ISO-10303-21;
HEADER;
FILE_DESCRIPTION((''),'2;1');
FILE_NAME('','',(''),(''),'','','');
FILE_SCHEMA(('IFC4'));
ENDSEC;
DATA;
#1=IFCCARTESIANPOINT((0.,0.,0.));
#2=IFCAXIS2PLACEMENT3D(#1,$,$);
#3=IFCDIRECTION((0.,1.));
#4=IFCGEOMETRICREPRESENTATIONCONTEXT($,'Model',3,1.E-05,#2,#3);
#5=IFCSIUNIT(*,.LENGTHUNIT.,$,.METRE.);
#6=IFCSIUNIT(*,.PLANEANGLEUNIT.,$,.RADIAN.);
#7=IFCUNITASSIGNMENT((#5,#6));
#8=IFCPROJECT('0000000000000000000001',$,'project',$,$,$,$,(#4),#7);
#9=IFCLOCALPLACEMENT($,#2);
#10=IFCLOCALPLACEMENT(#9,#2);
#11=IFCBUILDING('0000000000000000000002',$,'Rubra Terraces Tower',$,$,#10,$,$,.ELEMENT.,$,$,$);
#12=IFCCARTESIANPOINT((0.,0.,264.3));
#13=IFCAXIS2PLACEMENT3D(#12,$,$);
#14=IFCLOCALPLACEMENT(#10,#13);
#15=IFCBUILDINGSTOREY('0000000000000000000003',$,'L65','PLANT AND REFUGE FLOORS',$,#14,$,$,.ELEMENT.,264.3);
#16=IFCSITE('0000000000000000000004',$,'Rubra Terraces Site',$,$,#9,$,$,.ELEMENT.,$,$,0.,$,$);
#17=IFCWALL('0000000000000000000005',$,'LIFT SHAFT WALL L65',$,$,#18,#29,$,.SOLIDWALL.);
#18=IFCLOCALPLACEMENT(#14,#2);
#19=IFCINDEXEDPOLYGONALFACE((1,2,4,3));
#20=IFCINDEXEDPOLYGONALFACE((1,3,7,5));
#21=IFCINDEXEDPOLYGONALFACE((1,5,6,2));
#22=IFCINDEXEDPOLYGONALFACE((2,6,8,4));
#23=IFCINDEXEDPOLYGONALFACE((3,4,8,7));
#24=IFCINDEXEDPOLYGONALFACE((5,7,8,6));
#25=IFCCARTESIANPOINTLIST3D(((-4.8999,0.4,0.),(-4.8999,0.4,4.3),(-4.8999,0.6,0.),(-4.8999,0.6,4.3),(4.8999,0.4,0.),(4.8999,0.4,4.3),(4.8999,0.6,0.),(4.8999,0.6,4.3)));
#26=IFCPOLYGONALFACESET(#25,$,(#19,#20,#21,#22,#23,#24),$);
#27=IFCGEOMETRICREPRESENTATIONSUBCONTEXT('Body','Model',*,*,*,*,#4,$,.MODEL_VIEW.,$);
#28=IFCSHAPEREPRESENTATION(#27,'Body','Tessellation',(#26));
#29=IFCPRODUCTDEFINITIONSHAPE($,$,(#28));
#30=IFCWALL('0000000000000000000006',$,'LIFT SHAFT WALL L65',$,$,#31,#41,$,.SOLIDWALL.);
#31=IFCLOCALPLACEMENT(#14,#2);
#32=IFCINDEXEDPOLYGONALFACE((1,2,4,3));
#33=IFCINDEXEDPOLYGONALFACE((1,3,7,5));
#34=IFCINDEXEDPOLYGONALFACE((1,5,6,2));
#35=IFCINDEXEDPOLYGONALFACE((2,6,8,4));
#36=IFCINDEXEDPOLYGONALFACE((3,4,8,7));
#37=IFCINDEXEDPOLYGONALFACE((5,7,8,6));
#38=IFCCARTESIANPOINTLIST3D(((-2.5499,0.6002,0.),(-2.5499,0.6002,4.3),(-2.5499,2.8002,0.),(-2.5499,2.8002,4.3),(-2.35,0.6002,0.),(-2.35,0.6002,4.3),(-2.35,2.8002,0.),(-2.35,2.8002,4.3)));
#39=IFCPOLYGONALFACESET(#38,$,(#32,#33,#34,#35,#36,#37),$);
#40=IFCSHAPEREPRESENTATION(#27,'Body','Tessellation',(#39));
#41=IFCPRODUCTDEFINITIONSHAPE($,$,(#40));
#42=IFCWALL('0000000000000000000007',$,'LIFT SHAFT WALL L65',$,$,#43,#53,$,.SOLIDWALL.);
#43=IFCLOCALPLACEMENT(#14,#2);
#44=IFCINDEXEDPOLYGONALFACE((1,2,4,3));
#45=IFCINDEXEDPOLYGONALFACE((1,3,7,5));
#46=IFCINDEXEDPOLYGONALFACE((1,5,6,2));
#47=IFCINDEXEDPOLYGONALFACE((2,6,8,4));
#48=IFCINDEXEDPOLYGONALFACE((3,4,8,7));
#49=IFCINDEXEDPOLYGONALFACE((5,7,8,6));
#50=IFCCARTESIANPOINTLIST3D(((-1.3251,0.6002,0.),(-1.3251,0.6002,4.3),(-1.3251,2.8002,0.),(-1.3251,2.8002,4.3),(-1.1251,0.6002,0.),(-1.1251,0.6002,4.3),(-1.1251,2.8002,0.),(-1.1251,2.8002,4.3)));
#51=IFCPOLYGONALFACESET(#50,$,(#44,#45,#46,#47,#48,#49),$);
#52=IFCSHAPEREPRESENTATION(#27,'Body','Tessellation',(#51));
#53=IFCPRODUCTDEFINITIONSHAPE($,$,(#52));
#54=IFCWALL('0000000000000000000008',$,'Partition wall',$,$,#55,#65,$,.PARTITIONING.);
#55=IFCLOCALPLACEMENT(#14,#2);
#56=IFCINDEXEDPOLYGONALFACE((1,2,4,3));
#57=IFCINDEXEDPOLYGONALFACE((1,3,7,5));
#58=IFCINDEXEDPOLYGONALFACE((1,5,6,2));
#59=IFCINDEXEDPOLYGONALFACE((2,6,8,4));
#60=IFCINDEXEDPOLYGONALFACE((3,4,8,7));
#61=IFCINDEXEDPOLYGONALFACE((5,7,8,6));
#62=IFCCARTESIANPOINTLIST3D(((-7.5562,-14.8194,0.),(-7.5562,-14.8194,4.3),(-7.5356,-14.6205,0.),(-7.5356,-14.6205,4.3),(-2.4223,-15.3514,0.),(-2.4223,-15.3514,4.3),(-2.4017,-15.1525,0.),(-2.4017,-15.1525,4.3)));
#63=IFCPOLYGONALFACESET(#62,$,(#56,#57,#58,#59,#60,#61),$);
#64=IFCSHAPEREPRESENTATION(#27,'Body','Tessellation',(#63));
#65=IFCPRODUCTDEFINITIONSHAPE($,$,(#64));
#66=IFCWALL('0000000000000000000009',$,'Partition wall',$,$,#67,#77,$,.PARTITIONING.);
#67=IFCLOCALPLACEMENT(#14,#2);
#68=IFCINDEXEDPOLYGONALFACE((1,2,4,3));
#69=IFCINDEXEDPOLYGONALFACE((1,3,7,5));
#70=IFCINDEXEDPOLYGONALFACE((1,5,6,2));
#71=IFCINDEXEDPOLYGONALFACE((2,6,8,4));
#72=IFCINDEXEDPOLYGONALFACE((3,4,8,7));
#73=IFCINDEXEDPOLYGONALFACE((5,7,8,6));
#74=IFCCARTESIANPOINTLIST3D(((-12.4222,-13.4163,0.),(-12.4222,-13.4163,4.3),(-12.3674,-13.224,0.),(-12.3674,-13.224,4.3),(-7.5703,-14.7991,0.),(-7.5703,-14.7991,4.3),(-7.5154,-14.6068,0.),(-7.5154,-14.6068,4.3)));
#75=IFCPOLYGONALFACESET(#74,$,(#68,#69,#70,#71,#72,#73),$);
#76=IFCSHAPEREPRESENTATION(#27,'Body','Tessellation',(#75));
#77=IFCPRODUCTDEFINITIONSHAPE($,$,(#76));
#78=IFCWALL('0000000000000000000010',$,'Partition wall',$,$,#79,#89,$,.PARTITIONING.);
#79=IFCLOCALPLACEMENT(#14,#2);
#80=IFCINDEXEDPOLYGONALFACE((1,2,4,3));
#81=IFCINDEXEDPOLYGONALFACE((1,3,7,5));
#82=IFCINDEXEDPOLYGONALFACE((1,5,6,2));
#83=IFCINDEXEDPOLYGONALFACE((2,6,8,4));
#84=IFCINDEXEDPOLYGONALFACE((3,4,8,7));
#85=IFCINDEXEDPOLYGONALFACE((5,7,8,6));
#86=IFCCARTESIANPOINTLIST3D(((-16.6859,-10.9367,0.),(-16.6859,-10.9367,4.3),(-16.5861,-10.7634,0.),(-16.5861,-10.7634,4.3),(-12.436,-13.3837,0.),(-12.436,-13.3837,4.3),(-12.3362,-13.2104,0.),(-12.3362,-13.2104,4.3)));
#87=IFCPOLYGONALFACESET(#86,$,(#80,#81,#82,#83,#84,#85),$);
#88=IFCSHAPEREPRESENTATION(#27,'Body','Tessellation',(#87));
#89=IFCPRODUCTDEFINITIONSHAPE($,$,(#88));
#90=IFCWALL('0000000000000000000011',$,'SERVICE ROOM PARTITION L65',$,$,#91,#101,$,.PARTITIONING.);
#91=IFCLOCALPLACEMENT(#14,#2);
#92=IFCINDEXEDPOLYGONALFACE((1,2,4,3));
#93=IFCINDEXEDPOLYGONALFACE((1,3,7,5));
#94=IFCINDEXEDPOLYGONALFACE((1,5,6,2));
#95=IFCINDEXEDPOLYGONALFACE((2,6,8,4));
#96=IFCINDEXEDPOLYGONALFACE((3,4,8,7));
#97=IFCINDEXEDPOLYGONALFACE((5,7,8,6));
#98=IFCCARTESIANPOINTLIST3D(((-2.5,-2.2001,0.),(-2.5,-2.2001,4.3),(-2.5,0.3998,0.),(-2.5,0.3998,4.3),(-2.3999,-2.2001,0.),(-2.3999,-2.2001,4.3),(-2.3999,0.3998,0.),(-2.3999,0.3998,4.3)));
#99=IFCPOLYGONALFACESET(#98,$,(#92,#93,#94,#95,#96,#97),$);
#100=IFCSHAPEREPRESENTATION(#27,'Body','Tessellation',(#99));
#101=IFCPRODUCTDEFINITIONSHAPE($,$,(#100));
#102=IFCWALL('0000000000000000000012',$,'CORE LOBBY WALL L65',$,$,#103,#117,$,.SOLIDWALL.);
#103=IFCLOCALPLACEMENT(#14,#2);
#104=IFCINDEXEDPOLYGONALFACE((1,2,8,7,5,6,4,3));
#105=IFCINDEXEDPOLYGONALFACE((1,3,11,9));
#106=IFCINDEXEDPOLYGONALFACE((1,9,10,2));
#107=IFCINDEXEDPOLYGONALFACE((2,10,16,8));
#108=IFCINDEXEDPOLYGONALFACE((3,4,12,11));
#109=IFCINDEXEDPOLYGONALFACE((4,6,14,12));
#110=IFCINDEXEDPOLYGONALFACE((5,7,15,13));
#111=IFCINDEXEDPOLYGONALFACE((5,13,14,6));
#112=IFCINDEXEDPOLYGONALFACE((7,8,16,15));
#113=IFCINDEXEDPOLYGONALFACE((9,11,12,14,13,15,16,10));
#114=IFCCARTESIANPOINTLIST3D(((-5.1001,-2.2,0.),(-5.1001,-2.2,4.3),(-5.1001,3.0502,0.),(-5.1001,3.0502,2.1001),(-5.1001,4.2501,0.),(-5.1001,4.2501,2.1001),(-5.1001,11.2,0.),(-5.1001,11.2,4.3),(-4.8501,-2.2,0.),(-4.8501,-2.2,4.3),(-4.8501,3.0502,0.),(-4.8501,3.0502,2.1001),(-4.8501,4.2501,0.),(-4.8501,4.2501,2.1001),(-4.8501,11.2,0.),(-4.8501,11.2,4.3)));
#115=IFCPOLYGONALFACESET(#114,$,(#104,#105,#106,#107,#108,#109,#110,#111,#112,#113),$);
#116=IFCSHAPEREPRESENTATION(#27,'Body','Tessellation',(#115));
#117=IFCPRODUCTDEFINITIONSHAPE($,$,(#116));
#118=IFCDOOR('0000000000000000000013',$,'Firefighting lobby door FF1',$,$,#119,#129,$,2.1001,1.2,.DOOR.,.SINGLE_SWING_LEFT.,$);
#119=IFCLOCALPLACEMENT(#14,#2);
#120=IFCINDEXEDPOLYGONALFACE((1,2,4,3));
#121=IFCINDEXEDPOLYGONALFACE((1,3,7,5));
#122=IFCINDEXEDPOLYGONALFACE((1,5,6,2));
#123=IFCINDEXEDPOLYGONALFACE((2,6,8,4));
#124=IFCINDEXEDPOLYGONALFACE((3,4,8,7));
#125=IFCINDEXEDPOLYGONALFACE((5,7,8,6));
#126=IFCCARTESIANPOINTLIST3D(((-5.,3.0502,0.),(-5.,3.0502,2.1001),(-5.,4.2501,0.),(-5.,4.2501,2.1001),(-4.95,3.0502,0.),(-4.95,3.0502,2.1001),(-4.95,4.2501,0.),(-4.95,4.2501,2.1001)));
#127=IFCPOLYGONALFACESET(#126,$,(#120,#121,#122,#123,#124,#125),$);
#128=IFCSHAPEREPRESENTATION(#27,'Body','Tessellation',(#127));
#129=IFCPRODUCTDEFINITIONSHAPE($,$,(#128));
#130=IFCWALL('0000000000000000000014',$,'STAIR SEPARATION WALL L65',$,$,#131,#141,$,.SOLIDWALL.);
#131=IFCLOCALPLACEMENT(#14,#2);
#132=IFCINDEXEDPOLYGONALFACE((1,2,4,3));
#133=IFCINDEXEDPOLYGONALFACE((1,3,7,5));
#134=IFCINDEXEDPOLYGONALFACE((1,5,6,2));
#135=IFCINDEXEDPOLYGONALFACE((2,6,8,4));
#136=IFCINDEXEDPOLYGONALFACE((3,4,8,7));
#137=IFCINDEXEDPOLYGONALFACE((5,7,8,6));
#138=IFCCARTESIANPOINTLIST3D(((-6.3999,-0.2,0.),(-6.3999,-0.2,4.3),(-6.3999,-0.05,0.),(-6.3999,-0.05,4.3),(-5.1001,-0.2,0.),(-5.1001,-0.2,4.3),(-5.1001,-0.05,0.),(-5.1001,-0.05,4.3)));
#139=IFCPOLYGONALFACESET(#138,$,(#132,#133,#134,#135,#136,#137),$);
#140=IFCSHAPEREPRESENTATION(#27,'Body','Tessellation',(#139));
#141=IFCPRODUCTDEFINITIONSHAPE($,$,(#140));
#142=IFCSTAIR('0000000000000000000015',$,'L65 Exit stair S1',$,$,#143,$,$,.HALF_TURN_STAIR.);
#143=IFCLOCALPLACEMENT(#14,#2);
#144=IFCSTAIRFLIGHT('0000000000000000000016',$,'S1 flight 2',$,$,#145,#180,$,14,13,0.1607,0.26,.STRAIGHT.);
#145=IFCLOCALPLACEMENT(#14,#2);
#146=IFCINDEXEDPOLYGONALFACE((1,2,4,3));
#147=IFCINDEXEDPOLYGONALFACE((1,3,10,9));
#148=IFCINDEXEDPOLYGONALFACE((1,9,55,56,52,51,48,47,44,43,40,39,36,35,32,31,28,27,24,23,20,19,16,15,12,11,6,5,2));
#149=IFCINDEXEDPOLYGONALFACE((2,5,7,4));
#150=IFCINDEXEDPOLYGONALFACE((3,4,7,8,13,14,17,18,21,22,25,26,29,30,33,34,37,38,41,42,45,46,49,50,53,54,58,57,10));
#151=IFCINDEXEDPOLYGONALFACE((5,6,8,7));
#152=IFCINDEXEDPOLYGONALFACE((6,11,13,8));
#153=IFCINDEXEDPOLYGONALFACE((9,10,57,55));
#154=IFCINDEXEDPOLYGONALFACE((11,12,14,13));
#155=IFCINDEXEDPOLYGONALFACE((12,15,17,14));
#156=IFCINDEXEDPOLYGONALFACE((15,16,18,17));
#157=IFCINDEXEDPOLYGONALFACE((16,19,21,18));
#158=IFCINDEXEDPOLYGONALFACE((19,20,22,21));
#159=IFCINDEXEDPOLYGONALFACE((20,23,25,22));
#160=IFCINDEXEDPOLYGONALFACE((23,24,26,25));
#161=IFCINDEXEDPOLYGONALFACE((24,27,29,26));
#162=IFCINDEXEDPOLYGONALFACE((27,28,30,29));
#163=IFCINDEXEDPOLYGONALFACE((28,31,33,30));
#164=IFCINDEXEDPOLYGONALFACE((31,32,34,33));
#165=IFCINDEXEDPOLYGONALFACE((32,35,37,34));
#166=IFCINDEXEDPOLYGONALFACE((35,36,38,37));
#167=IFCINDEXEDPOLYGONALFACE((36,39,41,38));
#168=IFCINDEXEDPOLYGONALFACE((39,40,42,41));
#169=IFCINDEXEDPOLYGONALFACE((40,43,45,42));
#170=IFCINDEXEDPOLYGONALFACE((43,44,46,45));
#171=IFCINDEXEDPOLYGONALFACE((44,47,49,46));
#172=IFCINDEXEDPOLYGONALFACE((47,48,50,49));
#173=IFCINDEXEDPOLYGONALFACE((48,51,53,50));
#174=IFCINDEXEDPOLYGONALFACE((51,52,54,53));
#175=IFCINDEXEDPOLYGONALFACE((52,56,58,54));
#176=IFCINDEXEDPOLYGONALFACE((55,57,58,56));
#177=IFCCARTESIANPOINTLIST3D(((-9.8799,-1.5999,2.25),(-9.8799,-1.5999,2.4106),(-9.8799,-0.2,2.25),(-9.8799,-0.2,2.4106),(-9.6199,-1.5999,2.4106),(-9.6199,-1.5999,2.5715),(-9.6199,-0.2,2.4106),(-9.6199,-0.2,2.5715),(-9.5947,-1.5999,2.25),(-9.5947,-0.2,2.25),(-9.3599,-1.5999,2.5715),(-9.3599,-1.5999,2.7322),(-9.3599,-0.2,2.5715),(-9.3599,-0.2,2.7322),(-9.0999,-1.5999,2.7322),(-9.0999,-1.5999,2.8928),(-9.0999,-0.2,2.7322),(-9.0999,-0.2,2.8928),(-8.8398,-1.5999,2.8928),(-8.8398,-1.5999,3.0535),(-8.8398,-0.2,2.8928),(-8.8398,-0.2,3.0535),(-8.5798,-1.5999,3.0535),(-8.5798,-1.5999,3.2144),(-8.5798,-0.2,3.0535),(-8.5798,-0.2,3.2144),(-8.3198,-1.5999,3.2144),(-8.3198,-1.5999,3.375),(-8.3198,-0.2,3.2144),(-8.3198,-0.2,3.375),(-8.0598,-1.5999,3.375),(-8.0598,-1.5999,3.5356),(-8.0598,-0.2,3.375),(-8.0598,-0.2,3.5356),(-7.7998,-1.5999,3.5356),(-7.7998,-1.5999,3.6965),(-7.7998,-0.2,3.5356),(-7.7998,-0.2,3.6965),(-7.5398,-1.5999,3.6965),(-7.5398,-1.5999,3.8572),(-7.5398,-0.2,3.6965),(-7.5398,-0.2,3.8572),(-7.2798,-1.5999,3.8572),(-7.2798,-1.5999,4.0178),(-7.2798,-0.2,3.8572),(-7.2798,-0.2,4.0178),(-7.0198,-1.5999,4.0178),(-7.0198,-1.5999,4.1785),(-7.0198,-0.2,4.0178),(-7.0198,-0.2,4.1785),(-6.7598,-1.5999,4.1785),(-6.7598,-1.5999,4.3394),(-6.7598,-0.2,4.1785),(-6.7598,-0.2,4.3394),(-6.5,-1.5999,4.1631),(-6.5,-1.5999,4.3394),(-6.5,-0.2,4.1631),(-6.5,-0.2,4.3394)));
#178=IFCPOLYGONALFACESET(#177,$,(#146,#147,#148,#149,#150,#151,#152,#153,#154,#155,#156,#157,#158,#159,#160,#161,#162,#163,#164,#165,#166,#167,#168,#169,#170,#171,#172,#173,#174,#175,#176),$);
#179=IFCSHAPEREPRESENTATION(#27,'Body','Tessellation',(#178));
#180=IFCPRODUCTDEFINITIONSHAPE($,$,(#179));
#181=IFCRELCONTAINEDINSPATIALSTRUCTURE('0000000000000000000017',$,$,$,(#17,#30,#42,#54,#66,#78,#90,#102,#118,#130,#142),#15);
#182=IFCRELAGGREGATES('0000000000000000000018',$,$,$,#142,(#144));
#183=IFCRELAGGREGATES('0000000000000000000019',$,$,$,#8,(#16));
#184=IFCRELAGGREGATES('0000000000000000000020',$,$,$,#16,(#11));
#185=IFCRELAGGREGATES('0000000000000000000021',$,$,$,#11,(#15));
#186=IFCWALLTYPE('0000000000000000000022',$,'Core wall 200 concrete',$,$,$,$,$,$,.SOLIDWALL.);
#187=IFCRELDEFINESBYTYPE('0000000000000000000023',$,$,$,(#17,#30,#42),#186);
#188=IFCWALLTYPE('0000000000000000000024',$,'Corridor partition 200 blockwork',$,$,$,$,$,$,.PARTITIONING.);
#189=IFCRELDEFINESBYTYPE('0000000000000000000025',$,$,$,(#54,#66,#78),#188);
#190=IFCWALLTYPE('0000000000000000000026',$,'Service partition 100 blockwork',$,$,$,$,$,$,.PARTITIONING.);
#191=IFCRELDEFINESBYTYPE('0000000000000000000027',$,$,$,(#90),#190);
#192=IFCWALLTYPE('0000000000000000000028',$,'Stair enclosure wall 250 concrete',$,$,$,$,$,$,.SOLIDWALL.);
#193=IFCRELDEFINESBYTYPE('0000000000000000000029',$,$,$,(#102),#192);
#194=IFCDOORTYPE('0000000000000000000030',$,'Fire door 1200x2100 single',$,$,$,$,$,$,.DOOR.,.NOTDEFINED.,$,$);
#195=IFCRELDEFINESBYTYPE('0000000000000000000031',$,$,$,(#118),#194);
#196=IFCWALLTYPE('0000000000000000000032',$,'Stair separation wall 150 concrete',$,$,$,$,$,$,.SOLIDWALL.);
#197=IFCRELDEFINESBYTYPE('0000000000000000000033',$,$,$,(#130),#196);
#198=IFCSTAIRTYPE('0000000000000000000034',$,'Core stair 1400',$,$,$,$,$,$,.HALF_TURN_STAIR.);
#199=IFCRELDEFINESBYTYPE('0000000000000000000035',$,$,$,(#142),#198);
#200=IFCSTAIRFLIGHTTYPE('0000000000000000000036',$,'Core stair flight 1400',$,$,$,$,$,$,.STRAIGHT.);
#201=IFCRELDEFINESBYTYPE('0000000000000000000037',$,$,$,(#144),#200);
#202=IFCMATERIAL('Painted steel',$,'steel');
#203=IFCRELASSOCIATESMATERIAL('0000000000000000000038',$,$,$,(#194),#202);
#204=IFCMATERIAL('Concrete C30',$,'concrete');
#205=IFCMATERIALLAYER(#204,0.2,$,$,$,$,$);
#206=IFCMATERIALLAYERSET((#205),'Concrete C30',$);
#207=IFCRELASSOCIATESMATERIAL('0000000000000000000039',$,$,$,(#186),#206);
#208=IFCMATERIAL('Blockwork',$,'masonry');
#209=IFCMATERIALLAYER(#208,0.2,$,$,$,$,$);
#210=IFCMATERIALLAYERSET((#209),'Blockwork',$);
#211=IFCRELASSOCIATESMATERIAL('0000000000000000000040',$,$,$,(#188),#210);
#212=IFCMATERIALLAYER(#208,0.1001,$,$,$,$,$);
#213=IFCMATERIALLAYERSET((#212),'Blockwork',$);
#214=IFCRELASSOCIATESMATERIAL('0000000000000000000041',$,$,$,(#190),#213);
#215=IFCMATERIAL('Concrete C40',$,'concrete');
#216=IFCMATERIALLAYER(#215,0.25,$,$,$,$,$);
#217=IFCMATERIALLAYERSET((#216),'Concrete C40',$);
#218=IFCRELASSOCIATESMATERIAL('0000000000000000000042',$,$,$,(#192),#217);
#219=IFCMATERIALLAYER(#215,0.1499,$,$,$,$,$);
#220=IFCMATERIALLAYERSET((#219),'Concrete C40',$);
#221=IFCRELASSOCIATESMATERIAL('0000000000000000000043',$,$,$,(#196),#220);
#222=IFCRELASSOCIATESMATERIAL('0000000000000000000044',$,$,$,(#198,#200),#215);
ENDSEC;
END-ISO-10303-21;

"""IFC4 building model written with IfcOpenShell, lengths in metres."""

from ifc_helpers import new_model, si_unit, direction, frame, frame_2d, origin, place, context, subcontext, project, spatial, polyline, rectangle, outline, extrude, material, layer, layer_set, type_object, element, fill, aggregate, save


model = new_model("IFC4")

# Units and contexts
model_context = context("Model", 3, precision=1e-05, world=origin(), true_north=direction((0.0, 1.0)))
body_context = subcontext(model_context, "Body", "Model", "MODEL_VIEW")
ifc_project = project(units=[si_unit("LENGTHUNIT", "METRE"), si_unit("PLANEANGLEUNIT", "RADIAN")], contexts=[model_context])

# Site, building, storey
site_placement = place(None, origin())
site = spatial("IfcSite", under=ifc_project, at=site_placement, Name="Rubra Terraces Site", CompositionType="ELEMENT", RefElevation=0.0)
building_placement = place(site_placement, origin())
building = spatial("IfcBuilding", under=site, at=building_placement, Name="Rubra Terraces Tower", CompositionType="ELEMENT")
storey_placement = place(building_placement, frame((0.0, 0.0, 264.3)))
storey = spatial("IfcBuildingStorey", under=building, at=storey_placement, Name="L65", Description="PLANT AND REFUGE FLOORS", CompositionType="ELEMENT", Elevation=264.3)

# Shared definitions
ifc_material_1 = material(Name="Concrete C40", Category="concrete")

# Shared definitions
ifc_material_2 = material(Name="Painted steel", Category="steel")
door_type_1 = type_object("IfcDoorType", Name="Fire door 1200x2100 single", OperationType="NOTDEFINED", PredefinedType="DOOR", material=ifc_material_2)

# Walls
ifc_material_3 = material(Name="Concrete C30", Category="concrete")
ifc_layer_1 = layer(ifc_material_3, 0.2)
ifc_layer_set_1 = layer_set([ifc_layer_1], Name="Concrete C30")
wall_type_1 = type_object("IfcWallType", Name="Core wall 200 concrete", PredefinedType="SOLIDWALL", material=ifc_layer_set_1)
wall_1_placement = place(storey_placement, frame((-4.8999, 0.5, 0.0), z_axis=(0.0, 0.0, 1.0), x_axis=(1.0, 0.0, 0.0)))
element("IfcWall", 1, at=wall_1_placement, inside=storey, type_object=wall_type_1, Name="LIFT SHAFT WALL L65", PredefinedType="SOLIDWALL", context=body_context, shape_type="SweptSolid", body=[
    extrude(rectangle(XDim=9.7998, YDim=0.2, at=frame_2d((4.8999, 0.0))), origin(), (0.0, 0.0, 1.0), 4.3),
])
for number, where, z_axis, x_axis, name in (
    (2, (-2.45, 0.6001, 0.0), (0.0, 0.0, 1.0), (0.0, 1.0, 0.0), "LIFT SHAFT WALL L65"),
    (3, (-1.2251, 0.6001, 0.0), (0.0, 0.0, 1.0), (0.0, 1.0, 0.0), "LIFT SHAFT WALL L65"),
):
    element("IfcWall", number, at=place(storey_placement, frame(where, z_axis=z_axis, x_axis=x_axis)), inside=storey, type_object=wall_type_1, Name=name, PredefinedType="SOLIDWALL", context=body_context, shape_type="SweptSolid", body=[
        extrude(rectangle(XDim=2.2, YDim=0.2, at=frame_2d((1.1001, 0.0))), origin(), (0.0, 0.0, 1.0), 4.3),
    ])
ifc_material_4 = material(Name="Blockwork", Category="masonry")
ifc_layer_2 = layer(ifc_material_4, 0.2)
ifc_layer_set_2 = layer_set([ifc_layer_2], Name="Blockwork")
wall_type_2 = type_object("IfcWallType", Name="Corridor partition 200 blockwork", PredefinedType="PARTITIONING", material=ifc_layer_set_2)
wall_2_placement = place(storey_placement, frame((-2.4121, -15.252, 0.0), z_axis=(0.0, 0.0, 1.0), x_axis=(-0.994674, 0.103072, 0.0)))
element("IfcWall", 4, at=wall_2_placement, inside=storey, type_object=wall_type_2, Name="Partition wall", PredefinedType="PARTITIONING", context=body_context, shape_type="SweptSolid", body=[
    extrude(rectangle(XDim=5.1614, YDim=0.2, at=frame_2d((2.5806, 0.0))), origin(), (0.0, 0.0, 1.0), 4.3),
])
wall_3_placement = place(storey_placement, frame((-7.543, -14.7029, 0.0), z_axis=(0.0, 0.0, 1.0), x_axis=(-0.961706, 0.274082, 0.0)))
element("IfcWall", 5, at=wall_3_placement, inside=storey, type_object=wall_type_2, Name="Partition wall", PredefinedType="PARTITIONING", context=body_context, shape_type="SweptSolid", body=[
    extrude(rectangle(XDim=5.0452, YDim=0.2, at=frame_2d((2.5225, 0.0))), origin(), (0.0, 0.0, 1.0), 4.3),
])
wall_4_placement = place(storey_placement, frame((-12.386, -13.2971, 0.0), z_axis=(0.0, 0.0, 1.0), x_axis=(-0.866618, 0.498972, 0.0)))
element("IfcWall", 6, at=wall_4_placement, inside=storey, type_object=wall_type_2, Name="Partition wall", PredefinedType="PARTITIONING", context=body_context, shape_type="SweptSolid", body=[
    extrude(rectangle(XDim=4.9041, YDim=0.2, at=frame_2d((2.4521, 0.0))), origin(), (0.0, 0.0, 1.0), 4.3),
])
ifc_layer_3 = layer(ifc_material_4, 0.1001)
ifc_layer_set_3 = layer_set([ifc_layer_3], Name="Blockwork")
wall_type_3 = type_object("IfcWallType", Name="Service partition 100 blockwork", PredefinedType="PARTITIONING", material=ifc_layer_set_3)
wall_5_placement = place(storey_placement, frame((-2.45, -2.2, 0.0), z_axis=(0.0, 0.0, 1.0), x_axis=(0.0, 1.0, 0.0)))
element("IfcWall", 7, at=wall_5_placement, inside=storey, type_object=wall_type_3, Name="SERVICE ROOM PARTITION L65", PredefinedType="PARTITIONING", context=body_context, shape_type="SweptSolid", body=[
    extrude(rectangle(XDim=2.5999, YDim=0.1001, at=frame_2d((1.2998, 0.0))), origin(), (0.0, 0.0, 1.0), 4.3),
])

# Wall, opening, door
ifc_layer_4 = layer(ifc_material_1, 0.25)
ifc_layer_set_4 = layer_set([ifc_layer_4], Name="Concrete C40")
wall_type_4 = type_object("IfcWallType", Name="Stair enclosure wall 250 concrete", PredefinedType="SOLIDWALL", material=ifc_layer_set_4)
wall_6_placement = place(storey_placement, frame((-4.9751, -2.2, 0.0), z_axis=(0.0, 0.0, 1.0), x_axis=(0.0, 1.0, 0.0)))
wall_6 = element("IfcWall", 8, at=wall_6_placement, inside=storey, type_object=wall_type_4, Name="CORE LOBBY WALL L65", PredefinedType="SOLIDWALL", context=body_context, shape_type="SweptSolid", body=[
    extrude(rectangle(XDim=13.3999, YDim=0.25, at=frame_2d((6.7, 0.0))), origin(), (0.0, 0.0, 1.0), 4.3),
])
opening_1_placement = place(wall_6_placement, frame((5.25, 0.0, 0.0)))
opening_1 = element("IfcOpeningElement", 9, at=opening_1_placement, cuts=wall_6, PredefinedType="OPENING", context=body_context, shape_type="SweptSolid", body=[
    extrude(rectangle(XDim=1.2, YDim=2.1001, at=frame_2d((0.6001, 1.05))), frame((0.0, 0.135, 0.0), z_axis=(0.0, -1.0, 0.0), x_axis=(1.0, 0.0, 0.0)), (0.0, 0.0, 1.0), 0.27),
])
door_1_placement = place(opening_1_placement, origin())
door_1 = element("IfcDoor", 10, at=door_1_placement, inside=storey, type_object=door_type_1, Name="Firefighting lobby door FF1", OperationType="SINGLE_SWING_LEFT", OverallHeight=2.1001, OverallWidth=1.2, PredefinedType="DOOR", context=body_context, shape_type="SweptSolid", body=[
    extrude(rectangle(XDim=1.2, YDim=2.1001, at=frame_2d((0.6001, 1.05))), frame((0.0, 0.0249, 0.0), z_axis=(0.0, -1.0, 0.0), x_axis=(1.0, 0.0, 0.0)), (0.0, 0.0, 1.0), 0.05),
])
fill(opening_1, door_1)

# Wall
ifc_layer_5 = layer(ifc_material_1, 0.1499)
ifc_layer_set_5 = layer_set([ifc_layer_5], Name="Concrete C40")
wall_type_5 = type_object("IfcWallType", Name="Stair separation wall 150 concrete", PredefinedType="SOLIDWALL", material=ifc_layer_set_5)
wall_7_placement = place(storey_placement, frame((-6.3999, -0.125, 0.0), z_axis=(0.0, 0.0, 1.0), x_axis=(1.0, 0.0, 0.0)))
element("IfcWall", 11, at=wall_7_placement, inside=storey, type_object=wall_type_5, Name="STAIR SEPARATION WALL L65", PredefinedType="SOLIDWALL", context=body_context, shape_type="SweptSolid", body=[
    extrude(rectangle(XDim=1.2998, YDim=0.1499, at=frame_2d((0.6499, 0.0))), origin(), (0.0, 0.0, 1.0), 4.3),
])

# Stair, stair flight
stair_type = type_object("IfcStairType", Name="Core stair 1400", PredefinedType="HALF_TURN_STAIR", material=ifc_material_1)
stair_placement = place(storey_placement, origin())
stair = element("IfcStair", 12, at=stair_placement, inside=storey, type_object=stair_type, Name="L65 Exit stair S1", PredefinedType="HALF_TURN_STAIR")
stair_flight_type = type_object("IfcStairFlightType", Name="Core stair flight 1400", PredefinedType="STRAIGHT", material=ifc_material_1)
stair_flight_placement = place(storey_placement, frame((-9.8799, -0.8999, 2.25), z_axis=(0.0, 0.0, 1.0), x_axis=(1.0, 0.0, 0.0)))
stair_flight = element("IfcStairFlight", 13, at=stair_flight_placement, type_object=stair_flight_type, Name="S1 flight 2", NumberOfRisers=14, NumberOfTreads=13, PredefinedType="STRAIGHT", RiserHeight=0.1607, TreadLength=0.26, context=body_context, shape_type="SweptSolid", body=[
    extrude(outline(polyline([(0.0, 0.0), (0.0, 0.1606), (0.26, 0.1606), (0.26, 0.3215), (0.52, 0.3215), (0.52, 0.4822), (0.78, 0.4822), (0.78, 0.6428), (1.04, 0.6428), (1.04, 0.8035), (1.3, 0.8035), (1.3, 0.9644), (1.5601, 0.9644), (1.5601, 1.125), (1.8201, 1.125), (1.8201, 1.2856), (2.0801, 1.2856), (2.0801, 1.4465), (2.3401, 1.4465), (2.3401, 1.6072), (2.6001, 1.6072), (2.6001, 1.7678), (2.8601, 1.7678), (2.8601, 1.9285), (3.1201, 1.9285), (3.1201, 2.0894), (3.3799, 2.0894), (3.3799, 2.25), (3.3799, 1.9131), (0.2852, 0.0), (0.0, 0.0)])), frame((0.0, 0.7, 0.0), z_axis=(0.0, -1.0, 0.0), x_axis=(1.0, 0.0, 0.0)), (0.0, 0.0, 1.0), 1.3999),
])
aggregate(stair, [stair_flight])

save(model, "model.ifc")
